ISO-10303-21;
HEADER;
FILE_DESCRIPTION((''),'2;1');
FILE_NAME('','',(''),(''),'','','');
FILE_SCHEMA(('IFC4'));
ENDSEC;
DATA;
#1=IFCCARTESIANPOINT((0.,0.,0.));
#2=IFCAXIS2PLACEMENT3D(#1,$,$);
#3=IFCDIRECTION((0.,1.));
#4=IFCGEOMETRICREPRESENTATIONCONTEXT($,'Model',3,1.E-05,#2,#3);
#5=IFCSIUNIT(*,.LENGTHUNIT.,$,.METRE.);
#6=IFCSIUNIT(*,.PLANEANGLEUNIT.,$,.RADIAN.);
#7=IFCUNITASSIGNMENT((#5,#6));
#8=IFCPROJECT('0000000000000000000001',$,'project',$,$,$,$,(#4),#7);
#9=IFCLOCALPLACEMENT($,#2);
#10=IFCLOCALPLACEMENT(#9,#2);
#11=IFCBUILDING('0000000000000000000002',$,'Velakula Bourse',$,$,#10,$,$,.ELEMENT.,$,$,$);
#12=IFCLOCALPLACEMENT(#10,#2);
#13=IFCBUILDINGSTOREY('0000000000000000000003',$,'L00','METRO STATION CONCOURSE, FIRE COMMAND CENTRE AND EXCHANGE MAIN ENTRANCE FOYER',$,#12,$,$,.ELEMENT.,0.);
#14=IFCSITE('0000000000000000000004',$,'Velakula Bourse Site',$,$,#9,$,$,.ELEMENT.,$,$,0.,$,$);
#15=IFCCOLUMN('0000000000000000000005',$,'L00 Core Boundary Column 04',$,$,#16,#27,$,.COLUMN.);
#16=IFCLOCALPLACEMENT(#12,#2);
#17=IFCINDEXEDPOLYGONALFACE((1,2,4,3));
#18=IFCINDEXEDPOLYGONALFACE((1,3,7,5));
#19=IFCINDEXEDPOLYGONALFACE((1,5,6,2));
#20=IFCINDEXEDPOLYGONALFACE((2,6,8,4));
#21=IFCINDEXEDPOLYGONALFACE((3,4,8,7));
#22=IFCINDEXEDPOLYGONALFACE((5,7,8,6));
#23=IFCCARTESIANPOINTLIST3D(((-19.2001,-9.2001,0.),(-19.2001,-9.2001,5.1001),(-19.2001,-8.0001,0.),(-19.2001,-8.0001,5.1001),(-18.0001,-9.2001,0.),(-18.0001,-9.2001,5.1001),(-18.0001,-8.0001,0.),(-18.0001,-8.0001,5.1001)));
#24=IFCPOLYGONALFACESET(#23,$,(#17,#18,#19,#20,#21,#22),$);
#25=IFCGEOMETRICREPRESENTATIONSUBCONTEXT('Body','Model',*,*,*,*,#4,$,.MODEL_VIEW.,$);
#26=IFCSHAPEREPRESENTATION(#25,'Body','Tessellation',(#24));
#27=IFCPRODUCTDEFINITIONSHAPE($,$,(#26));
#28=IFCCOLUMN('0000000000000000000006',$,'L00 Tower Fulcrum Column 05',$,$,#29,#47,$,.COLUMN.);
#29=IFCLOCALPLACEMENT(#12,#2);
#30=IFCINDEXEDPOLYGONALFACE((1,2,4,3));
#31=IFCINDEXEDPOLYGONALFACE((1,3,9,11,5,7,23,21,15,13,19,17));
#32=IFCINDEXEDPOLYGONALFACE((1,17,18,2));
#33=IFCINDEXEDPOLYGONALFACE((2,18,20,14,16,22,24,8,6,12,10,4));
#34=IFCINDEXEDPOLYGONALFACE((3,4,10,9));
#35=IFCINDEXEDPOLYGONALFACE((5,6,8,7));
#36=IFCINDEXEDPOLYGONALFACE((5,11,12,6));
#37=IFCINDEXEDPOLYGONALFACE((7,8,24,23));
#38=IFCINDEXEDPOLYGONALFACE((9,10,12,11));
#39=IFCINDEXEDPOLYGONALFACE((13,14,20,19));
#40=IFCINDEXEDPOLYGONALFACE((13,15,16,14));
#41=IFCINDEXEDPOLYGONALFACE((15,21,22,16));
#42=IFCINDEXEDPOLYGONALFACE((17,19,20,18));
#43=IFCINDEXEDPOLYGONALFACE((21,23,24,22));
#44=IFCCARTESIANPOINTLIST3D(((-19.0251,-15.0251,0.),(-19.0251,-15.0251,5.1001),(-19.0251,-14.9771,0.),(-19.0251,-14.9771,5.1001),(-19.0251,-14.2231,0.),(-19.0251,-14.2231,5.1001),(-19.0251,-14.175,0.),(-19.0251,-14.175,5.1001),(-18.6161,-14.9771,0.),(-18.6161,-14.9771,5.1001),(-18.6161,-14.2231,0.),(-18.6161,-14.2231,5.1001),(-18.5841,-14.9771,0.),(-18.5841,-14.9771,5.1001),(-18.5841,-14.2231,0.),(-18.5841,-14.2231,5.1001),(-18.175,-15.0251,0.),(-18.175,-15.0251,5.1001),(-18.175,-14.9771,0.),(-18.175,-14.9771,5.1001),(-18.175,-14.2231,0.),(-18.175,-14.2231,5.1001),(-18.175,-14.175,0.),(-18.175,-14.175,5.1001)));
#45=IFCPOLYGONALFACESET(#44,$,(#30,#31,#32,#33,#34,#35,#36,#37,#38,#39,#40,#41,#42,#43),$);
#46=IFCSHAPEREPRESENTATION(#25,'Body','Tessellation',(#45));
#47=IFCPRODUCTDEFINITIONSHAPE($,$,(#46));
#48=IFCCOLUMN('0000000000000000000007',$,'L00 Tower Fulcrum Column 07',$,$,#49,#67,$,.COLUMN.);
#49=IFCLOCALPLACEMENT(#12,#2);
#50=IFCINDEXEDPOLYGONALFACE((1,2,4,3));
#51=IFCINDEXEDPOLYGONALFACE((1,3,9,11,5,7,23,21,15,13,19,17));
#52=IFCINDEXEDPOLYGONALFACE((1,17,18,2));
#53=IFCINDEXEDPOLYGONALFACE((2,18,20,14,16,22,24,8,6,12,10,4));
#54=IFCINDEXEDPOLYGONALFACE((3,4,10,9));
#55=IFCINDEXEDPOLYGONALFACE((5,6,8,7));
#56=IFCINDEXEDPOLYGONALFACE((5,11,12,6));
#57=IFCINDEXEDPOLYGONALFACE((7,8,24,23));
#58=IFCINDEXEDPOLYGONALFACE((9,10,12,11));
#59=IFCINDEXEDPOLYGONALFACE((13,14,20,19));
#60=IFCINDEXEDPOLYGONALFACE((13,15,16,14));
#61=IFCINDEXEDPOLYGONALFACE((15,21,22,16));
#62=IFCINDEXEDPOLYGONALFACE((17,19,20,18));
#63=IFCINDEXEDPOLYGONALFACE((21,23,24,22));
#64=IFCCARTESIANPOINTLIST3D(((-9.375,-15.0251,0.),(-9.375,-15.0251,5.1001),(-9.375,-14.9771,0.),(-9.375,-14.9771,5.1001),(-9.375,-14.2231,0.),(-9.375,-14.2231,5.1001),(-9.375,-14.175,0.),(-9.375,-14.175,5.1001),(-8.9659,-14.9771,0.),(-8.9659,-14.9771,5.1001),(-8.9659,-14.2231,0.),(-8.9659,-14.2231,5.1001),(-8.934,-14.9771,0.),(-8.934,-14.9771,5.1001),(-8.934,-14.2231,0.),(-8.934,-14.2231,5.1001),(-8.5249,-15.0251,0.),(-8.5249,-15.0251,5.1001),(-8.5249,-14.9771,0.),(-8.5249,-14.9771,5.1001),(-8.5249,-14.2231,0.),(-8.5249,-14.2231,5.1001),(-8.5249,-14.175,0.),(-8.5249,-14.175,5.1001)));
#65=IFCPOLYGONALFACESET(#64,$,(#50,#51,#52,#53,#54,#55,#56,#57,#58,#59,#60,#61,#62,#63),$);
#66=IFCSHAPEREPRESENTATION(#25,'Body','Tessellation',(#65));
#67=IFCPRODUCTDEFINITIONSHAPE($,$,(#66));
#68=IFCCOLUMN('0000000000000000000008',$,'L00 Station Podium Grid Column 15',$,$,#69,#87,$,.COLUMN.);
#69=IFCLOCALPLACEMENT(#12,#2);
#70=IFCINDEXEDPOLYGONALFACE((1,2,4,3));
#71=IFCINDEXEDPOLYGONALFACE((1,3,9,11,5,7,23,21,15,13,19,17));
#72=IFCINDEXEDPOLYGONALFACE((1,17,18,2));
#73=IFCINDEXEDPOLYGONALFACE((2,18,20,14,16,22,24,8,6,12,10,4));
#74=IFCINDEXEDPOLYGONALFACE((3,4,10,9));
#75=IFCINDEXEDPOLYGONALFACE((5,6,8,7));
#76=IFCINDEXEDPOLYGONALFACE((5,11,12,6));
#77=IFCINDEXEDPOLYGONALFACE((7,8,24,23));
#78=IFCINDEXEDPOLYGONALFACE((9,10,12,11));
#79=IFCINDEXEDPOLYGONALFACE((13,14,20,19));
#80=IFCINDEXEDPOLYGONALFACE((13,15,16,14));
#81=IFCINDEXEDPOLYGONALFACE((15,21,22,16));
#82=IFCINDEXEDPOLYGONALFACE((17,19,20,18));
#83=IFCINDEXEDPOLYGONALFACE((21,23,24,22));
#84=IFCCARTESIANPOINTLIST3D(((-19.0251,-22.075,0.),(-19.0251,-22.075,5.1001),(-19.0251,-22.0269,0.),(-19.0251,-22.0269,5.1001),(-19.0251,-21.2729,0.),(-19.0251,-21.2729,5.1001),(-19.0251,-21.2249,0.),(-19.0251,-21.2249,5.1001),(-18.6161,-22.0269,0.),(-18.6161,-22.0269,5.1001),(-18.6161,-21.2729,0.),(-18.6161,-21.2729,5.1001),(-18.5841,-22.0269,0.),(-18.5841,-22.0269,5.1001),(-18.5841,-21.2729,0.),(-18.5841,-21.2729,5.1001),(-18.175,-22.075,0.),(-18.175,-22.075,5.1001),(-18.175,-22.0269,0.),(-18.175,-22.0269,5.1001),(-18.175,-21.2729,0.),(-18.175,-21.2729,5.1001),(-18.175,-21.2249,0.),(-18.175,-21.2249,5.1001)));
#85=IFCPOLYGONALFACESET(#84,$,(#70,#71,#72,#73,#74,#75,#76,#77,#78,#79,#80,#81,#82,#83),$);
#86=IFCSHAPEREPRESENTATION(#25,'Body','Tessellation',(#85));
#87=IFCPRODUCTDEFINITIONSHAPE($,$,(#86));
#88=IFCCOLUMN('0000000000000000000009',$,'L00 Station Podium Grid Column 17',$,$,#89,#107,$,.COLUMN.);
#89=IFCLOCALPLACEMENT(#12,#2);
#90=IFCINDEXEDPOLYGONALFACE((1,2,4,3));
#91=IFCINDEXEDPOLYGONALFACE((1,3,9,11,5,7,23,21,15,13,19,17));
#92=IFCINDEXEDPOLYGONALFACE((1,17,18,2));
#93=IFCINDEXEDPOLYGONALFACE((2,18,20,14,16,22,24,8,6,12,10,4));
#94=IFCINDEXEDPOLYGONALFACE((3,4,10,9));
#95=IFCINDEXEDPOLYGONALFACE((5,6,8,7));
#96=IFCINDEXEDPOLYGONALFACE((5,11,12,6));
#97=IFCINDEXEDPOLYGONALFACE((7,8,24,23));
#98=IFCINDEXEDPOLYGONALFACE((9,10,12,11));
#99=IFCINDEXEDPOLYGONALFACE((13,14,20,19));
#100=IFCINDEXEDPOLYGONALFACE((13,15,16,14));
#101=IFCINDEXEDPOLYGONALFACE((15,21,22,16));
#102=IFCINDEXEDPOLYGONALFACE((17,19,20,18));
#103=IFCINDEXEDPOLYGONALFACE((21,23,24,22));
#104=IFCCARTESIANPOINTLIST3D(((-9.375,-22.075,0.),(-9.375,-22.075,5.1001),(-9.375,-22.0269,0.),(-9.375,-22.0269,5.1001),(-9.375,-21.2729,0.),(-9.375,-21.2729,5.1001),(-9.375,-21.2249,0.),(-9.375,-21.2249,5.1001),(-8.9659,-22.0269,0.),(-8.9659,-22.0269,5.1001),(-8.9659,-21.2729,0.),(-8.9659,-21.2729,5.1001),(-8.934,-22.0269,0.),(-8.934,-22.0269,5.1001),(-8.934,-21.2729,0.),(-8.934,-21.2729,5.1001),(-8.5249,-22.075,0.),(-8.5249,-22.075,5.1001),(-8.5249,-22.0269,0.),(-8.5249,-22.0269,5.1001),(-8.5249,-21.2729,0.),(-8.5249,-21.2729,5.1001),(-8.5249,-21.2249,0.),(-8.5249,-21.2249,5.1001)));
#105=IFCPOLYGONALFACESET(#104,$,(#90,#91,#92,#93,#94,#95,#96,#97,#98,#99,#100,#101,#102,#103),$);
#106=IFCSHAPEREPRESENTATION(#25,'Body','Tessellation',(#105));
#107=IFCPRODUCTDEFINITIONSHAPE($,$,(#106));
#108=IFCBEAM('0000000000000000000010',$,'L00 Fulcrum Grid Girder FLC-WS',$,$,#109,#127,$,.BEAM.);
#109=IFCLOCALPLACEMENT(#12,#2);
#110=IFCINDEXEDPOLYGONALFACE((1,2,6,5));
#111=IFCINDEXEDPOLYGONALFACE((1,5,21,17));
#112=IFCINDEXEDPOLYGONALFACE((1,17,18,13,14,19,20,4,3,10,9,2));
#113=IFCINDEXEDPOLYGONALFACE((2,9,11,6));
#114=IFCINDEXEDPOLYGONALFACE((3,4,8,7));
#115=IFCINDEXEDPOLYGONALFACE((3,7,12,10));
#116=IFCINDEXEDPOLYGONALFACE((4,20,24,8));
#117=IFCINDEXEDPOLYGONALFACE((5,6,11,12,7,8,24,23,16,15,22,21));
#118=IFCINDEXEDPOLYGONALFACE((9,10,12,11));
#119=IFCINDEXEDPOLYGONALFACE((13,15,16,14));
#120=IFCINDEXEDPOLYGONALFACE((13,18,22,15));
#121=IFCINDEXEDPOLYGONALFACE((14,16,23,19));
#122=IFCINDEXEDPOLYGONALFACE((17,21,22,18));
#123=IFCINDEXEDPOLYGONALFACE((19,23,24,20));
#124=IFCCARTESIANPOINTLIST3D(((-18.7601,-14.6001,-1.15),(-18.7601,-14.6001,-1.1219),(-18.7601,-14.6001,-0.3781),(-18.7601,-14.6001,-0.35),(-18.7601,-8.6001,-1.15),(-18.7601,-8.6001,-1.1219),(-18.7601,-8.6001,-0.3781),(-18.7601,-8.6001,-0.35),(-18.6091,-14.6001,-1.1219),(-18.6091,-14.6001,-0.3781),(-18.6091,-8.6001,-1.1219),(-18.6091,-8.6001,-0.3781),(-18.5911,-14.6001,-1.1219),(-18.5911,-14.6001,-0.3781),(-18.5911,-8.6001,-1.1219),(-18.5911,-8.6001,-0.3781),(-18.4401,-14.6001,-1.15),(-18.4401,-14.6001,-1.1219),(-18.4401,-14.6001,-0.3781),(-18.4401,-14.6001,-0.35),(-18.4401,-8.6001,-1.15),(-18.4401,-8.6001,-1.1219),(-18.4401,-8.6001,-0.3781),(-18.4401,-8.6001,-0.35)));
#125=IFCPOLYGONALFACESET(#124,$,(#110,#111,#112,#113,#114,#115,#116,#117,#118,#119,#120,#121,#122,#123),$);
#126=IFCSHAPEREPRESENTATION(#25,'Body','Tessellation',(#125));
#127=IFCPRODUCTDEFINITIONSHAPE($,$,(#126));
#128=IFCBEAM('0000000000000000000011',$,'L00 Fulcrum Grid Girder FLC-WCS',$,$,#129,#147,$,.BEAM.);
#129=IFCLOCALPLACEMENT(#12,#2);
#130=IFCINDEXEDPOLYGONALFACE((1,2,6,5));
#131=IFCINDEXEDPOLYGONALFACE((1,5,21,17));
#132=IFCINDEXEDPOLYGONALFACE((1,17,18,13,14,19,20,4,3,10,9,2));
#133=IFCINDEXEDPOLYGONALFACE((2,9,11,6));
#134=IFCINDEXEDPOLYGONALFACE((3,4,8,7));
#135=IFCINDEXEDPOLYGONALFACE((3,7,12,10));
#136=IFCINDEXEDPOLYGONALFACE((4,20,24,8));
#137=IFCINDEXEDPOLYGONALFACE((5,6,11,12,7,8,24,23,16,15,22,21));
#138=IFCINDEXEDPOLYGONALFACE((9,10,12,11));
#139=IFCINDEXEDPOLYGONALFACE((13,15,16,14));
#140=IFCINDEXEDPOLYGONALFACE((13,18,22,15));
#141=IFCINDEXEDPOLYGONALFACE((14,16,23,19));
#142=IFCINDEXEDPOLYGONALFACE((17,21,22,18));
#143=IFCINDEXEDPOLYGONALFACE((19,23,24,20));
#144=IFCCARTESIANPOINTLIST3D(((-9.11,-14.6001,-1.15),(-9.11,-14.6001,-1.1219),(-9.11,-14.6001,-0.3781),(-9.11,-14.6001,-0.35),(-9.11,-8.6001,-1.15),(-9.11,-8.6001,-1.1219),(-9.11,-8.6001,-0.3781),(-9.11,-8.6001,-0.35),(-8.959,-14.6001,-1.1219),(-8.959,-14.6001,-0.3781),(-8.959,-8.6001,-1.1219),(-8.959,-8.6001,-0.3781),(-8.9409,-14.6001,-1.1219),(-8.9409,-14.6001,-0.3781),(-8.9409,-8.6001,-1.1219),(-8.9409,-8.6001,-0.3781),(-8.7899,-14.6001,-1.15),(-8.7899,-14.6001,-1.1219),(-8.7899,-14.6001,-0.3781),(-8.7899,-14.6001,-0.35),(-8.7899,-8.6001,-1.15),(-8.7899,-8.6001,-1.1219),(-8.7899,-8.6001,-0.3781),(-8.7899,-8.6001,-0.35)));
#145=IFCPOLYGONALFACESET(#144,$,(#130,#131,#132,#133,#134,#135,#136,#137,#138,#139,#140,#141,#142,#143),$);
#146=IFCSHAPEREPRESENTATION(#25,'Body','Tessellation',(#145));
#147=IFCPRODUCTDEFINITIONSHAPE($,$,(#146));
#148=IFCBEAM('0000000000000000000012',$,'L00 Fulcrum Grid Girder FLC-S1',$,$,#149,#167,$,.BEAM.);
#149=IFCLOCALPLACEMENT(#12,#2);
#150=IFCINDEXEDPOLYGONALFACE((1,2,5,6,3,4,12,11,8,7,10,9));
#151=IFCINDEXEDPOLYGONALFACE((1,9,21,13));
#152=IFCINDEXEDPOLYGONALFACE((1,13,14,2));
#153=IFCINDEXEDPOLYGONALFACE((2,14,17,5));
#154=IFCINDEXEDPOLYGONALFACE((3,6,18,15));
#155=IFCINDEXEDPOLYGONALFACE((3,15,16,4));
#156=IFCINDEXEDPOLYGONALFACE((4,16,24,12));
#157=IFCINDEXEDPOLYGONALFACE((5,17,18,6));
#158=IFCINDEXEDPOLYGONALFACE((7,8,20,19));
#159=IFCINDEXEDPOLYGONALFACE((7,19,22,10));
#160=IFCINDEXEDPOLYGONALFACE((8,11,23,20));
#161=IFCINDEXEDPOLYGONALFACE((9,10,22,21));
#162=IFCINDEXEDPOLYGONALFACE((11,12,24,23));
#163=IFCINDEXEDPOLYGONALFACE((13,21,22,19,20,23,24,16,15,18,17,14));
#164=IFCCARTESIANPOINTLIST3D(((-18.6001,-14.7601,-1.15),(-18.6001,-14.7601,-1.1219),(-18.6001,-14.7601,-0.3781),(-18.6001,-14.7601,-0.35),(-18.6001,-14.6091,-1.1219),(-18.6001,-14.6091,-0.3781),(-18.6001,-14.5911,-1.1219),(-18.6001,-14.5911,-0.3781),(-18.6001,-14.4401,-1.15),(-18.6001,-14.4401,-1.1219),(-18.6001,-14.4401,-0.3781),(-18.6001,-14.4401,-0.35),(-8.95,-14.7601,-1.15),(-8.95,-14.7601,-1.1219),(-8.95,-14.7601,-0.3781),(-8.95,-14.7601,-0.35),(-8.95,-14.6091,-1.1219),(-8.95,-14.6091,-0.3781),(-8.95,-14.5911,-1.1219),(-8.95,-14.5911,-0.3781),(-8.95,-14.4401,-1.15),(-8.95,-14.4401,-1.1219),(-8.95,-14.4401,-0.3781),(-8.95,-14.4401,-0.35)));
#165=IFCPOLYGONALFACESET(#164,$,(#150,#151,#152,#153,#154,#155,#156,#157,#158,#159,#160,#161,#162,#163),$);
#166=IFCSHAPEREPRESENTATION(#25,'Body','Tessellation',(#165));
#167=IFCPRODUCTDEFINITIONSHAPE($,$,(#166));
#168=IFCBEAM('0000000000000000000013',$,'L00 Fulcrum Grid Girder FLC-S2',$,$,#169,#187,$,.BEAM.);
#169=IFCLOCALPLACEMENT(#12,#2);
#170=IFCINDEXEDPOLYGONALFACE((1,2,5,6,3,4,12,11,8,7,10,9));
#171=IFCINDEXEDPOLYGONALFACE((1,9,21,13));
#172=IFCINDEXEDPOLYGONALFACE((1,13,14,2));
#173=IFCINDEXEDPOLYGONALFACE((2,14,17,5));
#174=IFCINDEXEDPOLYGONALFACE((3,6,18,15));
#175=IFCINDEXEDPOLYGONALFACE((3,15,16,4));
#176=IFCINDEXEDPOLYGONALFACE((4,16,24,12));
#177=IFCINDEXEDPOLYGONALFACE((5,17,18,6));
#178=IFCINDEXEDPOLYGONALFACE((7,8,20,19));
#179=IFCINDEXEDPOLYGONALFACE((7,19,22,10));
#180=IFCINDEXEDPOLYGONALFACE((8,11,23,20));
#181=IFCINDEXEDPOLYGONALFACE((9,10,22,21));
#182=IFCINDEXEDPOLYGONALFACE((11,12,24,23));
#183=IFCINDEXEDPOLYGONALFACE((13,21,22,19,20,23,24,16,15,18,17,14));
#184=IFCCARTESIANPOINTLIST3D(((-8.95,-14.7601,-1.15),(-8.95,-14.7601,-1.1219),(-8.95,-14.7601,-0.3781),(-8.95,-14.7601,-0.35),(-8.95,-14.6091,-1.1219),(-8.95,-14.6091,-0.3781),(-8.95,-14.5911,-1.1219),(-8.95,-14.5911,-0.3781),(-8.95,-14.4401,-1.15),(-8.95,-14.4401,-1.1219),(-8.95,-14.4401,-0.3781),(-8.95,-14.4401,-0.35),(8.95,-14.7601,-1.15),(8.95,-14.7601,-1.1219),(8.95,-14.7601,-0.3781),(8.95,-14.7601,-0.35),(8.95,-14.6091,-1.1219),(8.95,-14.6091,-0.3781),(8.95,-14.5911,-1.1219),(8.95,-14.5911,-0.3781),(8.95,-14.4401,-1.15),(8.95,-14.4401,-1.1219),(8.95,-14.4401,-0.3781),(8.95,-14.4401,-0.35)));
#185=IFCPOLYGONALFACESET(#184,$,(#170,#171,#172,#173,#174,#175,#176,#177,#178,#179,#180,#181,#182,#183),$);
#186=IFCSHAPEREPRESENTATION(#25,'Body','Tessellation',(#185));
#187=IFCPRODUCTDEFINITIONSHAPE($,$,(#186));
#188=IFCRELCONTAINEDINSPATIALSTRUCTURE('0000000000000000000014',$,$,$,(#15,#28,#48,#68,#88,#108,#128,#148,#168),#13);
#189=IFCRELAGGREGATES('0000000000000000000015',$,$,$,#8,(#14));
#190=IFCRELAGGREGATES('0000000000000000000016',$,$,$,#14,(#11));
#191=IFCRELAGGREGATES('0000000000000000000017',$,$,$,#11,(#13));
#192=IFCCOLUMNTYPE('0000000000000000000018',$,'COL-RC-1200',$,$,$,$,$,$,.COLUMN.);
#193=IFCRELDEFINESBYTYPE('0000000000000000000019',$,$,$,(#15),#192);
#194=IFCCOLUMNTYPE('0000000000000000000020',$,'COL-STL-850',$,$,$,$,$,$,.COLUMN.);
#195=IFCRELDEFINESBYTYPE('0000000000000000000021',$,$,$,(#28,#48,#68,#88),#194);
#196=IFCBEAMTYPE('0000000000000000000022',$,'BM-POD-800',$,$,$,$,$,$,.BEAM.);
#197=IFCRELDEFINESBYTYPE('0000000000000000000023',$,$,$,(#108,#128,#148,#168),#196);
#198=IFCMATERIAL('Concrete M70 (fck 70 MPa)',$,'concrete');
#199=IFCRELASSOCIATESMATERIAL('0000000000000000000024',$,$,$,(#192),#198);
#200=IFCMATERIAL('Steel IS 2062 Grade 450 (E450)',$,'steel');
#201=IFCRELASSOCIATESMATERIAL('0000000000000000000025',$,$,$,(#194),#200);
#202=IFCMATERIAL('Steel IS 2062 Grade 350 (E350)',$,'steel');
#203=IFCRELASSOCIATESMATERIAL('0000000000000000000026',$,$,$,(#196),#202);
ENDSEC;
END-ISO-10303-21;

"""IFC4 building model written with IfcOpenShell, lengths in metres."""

from ifc_helpers import new_model, si_unit, direction, frame, origin, origin_2d, place, context, subcontext, project, spatial, rectangle, i_section, extrude, material, material_profile, profile_set, type_object, element, save


model = new_model("IFC4")

# Units and contexts
model_context = context("Model", 3, precision=1e-05, world=origin(), true_north=direction((0.0, 1.0)))
body_context = subcontext(model_context, "Body", "Model", "MODEL_VIEW")
ifc_project = project(units=[si_unit("LENGTHUNIT", "METRE"), si_unit("PLANEANGLEUNIT", "RADIAN")], contexts=[model_context])

# Site, building, storey
site_placement = place(None, origin())
site = spatial("IfcSite", under=ifc_project, at=site_placement, Name="Velakula Bourse Site", CompositionType="ELEMENT", RefElevation=0.0)
building_placement = place(site_placement, origin())
building = spatial("IfcBuilding", under=site, at=building_placement, Name="Velakula Bourse", CompositionType="ELEMENT")
storey_placement = place(building_placement, origin())
storey = spatial("IfcBuildingStorey", under=building, at=storey_placement, Name="L00", Description="METRO STATION CONCOURSE, FIRE COMMAND CENTRE AND EXCHANGE MAIN ENTRANCE FOYER", CompositionType="ELEMENT", Elevation=0.0)

# Columns
ifc_material_1 = material(Name="Concrete M70 (fck 70 MPa)", Category="concrete")
ifc_material_profile_1 = material_profile(ifc_material_1, rectangle(XDim=1.2, YDim=1.2, at=origin_2d()), Name="Concrete M70 (fck 70 MPa)")
ifc_profile_set_1 = profile_set([ifc_material_profile_1], Name="Concrete M70 (fck 70 MPa)")
column_type_1 = type_object("IfcColumnType", Name="COL-RC-1200", PredefinedType="COLUMN", material=ifc_profile_set_1)
column_placement = place(storey_placement, frame((-18.6001, -8.6001, 0.0), z_axis=(0.0, 0.0, 1.0), x_axis=(1.0, 0.0, 0.0)))
element("IfcColumn", 1, at=column_placement, inside=storey, type_object=column_type_1, Name="L00 Core Boundary Column 04", PredefinedType="COLUMN", context=body_context, shape_type="SweptSolid", body=[
    extrude(rectangle(XDim=1.2, YDim=1.2, at=origin_2d()), origin(), (0.0, 0.0, 1.0), 5.1001),
])
ifc_material_2 = material(Name="Steel IS 2062 Grade 450 (E450)", Category="steel")
ifc_material_profile_2 = material_profile(ifc_material_2, i_section(OverallWidth=0.8501, OverallDepth=0.8501, WebThickness=0.032, FlangeThickness=0.0481, at=origin_2d()), Name="Steel IS 2062 Grade 450 (E450)")
ifc_profile_set_2 = profile_set([ifc_material_profile_2], Name="Steel IS 2062 Grade 450 (E450)")
column_type_2 = type_object("IfcColumnType", Name="COL-STL-850", PredefinedType="COLUMN", material=ifc_profile_set_2)
for number, where, z_axis, x_axis, name in (
    (2, (-18.6001, -14.6001, 0.0), (0.0, 0.0, 1.0), (1.0, 0.0, 0.0), "L00 Tower Fulcrum Column 05"),
    (3, (-8.95, -14.6001, 0.0), (0.0, 0.0, 1.0), (1.0, 0.0, 0.0), "L00 Tower Fulcrum Column 07"),
    (4, (-18.6001, -21.6499, 0.0), (0.0, 0.0, 1.0), (1.0, 0.0, 0.0), "L00 Station Podium Grid Column 15"),
    (5, (-8.95, -21.6499, 0.0), (0.0, 0.0, 1.0), (1.0, 0.0, 0.0), "L00 Station Podium Grid Column 17"),
):
    element("IfcColumn", number, at=place(storey_placement, frame(where, z_axis=z_axis, x_axis=x_axis)), inside=storey, type_object=column_type_2, Name=name, PredefinedType="COLUMN", context=body_context, shape_type="SweptSolid", body=[
        extrude(i_section(OverallWidth=0.8501, OverallDepth=0.8501, WebThickness=0.032, FlangeThickness=0.0481, at=origin_2d()), origin(), (0.0, 0.0, 1.0), 5.1001),
    ])

# Beams
ifc_material_3 = material(Name="Steel IS 2062 Grade 350 (E350)", Category="steel")
ifc_material_profile_3 = material_profile(ifc_material_3, i_section(OverallWidth=0.3201, OverallDepth=0.8, WebThickness=0.0181, FlangeThickness=0.0281, at=origin_2d()), Name="Steel IS 2062 Grade 350 (E350)")
ifc_profile_set_3 = profile_set([ifc_material_profile_3], Name="Steel IS 2062 Grade 350 (E350)")
beam_type_1 = type_object("IfcBeamType", Name="BM-POD-800", PredefinedType="BEAM", material=ifc_profile_set_3)
for number, where, z_axis, x_axis, name in (
    (6, (-18.6001, -14.6001, -0.75), (0.0, 1.0, 0.0), (-1.0, 0.0, 0.0), "L00 Fulcrum Grid Girder FLC-WS"),
    (7, (-8.95, -14.6001, -0.75), (0.0, 1.0, 0.0), (-1.0, 0.0, 0.0), "L00 Fulcrum Grid Girder FLC-WCS"),
):
    element("IfcBeam", number, at=place(storey_placement, frame(where, z_axis=z_axis, x_axis=x_axis)), inside=storey, type_object=beam_type_1, Name=name, PredefinedType="BEAM", context=body_context, shape_type="SweptSolid", body=[
        extrude(i_section(OverallWidth=0.3201, OverallDepth=0.8, WebThickness=0.0181, FlangeThickness=0.0281, at=origin_2d()), origin(), (0.0, 0.0, 1.0), 6.0),
    ])
beam_1_placement = place(storey_placement, frame((-18.6001, -14.6001, -0.75), z_axis=(1.0, 0.0, 0.0), x_axis=(0.0, 1.0, 0.0)))
element("IfcBeam", 8, at=beam_1_placement, inside=storey, type_object=beam_type_1, Name="L00 Fulcrum Grid Girder FLC-S1", PredefinedType="BEAM", context=body_context, shape_type="SweptSolid", body=[
    extrude(i_section(OverallWidth=0.3201, OverallDepth=0.8, WebThickness=0.0181, FlangeThickness=0.0281, at=origin_2d()), origin(), (0.0, 0.0, 1.0), 9.6501),
])
beam_2_placement = place(storey_placement, frame((-8.95, -14.6001, -0.75), z_axis=(1.0, 0.0, 0.0), x_axis=(0.0, 1.0, 0.0)))
element("IfcBeam", 9, at=beam_2_placement, inside=storey, type_object=beam_type_1, Name="L00 Fulcrum Grid Girder FLC-S2", PredefinedType="BEAM", context=body_context, shape_type="SweptSolid", body=[
    extrude(i_section(OverallWidth=0.3201, OverallDepth=0.8, WebThickness=0.0181, FlangeThickness=0.0281, at=origin_2d()), origin(), (0.0, 0.0, 1.0), 17.8999),
])

save(model, "model.ifc")
